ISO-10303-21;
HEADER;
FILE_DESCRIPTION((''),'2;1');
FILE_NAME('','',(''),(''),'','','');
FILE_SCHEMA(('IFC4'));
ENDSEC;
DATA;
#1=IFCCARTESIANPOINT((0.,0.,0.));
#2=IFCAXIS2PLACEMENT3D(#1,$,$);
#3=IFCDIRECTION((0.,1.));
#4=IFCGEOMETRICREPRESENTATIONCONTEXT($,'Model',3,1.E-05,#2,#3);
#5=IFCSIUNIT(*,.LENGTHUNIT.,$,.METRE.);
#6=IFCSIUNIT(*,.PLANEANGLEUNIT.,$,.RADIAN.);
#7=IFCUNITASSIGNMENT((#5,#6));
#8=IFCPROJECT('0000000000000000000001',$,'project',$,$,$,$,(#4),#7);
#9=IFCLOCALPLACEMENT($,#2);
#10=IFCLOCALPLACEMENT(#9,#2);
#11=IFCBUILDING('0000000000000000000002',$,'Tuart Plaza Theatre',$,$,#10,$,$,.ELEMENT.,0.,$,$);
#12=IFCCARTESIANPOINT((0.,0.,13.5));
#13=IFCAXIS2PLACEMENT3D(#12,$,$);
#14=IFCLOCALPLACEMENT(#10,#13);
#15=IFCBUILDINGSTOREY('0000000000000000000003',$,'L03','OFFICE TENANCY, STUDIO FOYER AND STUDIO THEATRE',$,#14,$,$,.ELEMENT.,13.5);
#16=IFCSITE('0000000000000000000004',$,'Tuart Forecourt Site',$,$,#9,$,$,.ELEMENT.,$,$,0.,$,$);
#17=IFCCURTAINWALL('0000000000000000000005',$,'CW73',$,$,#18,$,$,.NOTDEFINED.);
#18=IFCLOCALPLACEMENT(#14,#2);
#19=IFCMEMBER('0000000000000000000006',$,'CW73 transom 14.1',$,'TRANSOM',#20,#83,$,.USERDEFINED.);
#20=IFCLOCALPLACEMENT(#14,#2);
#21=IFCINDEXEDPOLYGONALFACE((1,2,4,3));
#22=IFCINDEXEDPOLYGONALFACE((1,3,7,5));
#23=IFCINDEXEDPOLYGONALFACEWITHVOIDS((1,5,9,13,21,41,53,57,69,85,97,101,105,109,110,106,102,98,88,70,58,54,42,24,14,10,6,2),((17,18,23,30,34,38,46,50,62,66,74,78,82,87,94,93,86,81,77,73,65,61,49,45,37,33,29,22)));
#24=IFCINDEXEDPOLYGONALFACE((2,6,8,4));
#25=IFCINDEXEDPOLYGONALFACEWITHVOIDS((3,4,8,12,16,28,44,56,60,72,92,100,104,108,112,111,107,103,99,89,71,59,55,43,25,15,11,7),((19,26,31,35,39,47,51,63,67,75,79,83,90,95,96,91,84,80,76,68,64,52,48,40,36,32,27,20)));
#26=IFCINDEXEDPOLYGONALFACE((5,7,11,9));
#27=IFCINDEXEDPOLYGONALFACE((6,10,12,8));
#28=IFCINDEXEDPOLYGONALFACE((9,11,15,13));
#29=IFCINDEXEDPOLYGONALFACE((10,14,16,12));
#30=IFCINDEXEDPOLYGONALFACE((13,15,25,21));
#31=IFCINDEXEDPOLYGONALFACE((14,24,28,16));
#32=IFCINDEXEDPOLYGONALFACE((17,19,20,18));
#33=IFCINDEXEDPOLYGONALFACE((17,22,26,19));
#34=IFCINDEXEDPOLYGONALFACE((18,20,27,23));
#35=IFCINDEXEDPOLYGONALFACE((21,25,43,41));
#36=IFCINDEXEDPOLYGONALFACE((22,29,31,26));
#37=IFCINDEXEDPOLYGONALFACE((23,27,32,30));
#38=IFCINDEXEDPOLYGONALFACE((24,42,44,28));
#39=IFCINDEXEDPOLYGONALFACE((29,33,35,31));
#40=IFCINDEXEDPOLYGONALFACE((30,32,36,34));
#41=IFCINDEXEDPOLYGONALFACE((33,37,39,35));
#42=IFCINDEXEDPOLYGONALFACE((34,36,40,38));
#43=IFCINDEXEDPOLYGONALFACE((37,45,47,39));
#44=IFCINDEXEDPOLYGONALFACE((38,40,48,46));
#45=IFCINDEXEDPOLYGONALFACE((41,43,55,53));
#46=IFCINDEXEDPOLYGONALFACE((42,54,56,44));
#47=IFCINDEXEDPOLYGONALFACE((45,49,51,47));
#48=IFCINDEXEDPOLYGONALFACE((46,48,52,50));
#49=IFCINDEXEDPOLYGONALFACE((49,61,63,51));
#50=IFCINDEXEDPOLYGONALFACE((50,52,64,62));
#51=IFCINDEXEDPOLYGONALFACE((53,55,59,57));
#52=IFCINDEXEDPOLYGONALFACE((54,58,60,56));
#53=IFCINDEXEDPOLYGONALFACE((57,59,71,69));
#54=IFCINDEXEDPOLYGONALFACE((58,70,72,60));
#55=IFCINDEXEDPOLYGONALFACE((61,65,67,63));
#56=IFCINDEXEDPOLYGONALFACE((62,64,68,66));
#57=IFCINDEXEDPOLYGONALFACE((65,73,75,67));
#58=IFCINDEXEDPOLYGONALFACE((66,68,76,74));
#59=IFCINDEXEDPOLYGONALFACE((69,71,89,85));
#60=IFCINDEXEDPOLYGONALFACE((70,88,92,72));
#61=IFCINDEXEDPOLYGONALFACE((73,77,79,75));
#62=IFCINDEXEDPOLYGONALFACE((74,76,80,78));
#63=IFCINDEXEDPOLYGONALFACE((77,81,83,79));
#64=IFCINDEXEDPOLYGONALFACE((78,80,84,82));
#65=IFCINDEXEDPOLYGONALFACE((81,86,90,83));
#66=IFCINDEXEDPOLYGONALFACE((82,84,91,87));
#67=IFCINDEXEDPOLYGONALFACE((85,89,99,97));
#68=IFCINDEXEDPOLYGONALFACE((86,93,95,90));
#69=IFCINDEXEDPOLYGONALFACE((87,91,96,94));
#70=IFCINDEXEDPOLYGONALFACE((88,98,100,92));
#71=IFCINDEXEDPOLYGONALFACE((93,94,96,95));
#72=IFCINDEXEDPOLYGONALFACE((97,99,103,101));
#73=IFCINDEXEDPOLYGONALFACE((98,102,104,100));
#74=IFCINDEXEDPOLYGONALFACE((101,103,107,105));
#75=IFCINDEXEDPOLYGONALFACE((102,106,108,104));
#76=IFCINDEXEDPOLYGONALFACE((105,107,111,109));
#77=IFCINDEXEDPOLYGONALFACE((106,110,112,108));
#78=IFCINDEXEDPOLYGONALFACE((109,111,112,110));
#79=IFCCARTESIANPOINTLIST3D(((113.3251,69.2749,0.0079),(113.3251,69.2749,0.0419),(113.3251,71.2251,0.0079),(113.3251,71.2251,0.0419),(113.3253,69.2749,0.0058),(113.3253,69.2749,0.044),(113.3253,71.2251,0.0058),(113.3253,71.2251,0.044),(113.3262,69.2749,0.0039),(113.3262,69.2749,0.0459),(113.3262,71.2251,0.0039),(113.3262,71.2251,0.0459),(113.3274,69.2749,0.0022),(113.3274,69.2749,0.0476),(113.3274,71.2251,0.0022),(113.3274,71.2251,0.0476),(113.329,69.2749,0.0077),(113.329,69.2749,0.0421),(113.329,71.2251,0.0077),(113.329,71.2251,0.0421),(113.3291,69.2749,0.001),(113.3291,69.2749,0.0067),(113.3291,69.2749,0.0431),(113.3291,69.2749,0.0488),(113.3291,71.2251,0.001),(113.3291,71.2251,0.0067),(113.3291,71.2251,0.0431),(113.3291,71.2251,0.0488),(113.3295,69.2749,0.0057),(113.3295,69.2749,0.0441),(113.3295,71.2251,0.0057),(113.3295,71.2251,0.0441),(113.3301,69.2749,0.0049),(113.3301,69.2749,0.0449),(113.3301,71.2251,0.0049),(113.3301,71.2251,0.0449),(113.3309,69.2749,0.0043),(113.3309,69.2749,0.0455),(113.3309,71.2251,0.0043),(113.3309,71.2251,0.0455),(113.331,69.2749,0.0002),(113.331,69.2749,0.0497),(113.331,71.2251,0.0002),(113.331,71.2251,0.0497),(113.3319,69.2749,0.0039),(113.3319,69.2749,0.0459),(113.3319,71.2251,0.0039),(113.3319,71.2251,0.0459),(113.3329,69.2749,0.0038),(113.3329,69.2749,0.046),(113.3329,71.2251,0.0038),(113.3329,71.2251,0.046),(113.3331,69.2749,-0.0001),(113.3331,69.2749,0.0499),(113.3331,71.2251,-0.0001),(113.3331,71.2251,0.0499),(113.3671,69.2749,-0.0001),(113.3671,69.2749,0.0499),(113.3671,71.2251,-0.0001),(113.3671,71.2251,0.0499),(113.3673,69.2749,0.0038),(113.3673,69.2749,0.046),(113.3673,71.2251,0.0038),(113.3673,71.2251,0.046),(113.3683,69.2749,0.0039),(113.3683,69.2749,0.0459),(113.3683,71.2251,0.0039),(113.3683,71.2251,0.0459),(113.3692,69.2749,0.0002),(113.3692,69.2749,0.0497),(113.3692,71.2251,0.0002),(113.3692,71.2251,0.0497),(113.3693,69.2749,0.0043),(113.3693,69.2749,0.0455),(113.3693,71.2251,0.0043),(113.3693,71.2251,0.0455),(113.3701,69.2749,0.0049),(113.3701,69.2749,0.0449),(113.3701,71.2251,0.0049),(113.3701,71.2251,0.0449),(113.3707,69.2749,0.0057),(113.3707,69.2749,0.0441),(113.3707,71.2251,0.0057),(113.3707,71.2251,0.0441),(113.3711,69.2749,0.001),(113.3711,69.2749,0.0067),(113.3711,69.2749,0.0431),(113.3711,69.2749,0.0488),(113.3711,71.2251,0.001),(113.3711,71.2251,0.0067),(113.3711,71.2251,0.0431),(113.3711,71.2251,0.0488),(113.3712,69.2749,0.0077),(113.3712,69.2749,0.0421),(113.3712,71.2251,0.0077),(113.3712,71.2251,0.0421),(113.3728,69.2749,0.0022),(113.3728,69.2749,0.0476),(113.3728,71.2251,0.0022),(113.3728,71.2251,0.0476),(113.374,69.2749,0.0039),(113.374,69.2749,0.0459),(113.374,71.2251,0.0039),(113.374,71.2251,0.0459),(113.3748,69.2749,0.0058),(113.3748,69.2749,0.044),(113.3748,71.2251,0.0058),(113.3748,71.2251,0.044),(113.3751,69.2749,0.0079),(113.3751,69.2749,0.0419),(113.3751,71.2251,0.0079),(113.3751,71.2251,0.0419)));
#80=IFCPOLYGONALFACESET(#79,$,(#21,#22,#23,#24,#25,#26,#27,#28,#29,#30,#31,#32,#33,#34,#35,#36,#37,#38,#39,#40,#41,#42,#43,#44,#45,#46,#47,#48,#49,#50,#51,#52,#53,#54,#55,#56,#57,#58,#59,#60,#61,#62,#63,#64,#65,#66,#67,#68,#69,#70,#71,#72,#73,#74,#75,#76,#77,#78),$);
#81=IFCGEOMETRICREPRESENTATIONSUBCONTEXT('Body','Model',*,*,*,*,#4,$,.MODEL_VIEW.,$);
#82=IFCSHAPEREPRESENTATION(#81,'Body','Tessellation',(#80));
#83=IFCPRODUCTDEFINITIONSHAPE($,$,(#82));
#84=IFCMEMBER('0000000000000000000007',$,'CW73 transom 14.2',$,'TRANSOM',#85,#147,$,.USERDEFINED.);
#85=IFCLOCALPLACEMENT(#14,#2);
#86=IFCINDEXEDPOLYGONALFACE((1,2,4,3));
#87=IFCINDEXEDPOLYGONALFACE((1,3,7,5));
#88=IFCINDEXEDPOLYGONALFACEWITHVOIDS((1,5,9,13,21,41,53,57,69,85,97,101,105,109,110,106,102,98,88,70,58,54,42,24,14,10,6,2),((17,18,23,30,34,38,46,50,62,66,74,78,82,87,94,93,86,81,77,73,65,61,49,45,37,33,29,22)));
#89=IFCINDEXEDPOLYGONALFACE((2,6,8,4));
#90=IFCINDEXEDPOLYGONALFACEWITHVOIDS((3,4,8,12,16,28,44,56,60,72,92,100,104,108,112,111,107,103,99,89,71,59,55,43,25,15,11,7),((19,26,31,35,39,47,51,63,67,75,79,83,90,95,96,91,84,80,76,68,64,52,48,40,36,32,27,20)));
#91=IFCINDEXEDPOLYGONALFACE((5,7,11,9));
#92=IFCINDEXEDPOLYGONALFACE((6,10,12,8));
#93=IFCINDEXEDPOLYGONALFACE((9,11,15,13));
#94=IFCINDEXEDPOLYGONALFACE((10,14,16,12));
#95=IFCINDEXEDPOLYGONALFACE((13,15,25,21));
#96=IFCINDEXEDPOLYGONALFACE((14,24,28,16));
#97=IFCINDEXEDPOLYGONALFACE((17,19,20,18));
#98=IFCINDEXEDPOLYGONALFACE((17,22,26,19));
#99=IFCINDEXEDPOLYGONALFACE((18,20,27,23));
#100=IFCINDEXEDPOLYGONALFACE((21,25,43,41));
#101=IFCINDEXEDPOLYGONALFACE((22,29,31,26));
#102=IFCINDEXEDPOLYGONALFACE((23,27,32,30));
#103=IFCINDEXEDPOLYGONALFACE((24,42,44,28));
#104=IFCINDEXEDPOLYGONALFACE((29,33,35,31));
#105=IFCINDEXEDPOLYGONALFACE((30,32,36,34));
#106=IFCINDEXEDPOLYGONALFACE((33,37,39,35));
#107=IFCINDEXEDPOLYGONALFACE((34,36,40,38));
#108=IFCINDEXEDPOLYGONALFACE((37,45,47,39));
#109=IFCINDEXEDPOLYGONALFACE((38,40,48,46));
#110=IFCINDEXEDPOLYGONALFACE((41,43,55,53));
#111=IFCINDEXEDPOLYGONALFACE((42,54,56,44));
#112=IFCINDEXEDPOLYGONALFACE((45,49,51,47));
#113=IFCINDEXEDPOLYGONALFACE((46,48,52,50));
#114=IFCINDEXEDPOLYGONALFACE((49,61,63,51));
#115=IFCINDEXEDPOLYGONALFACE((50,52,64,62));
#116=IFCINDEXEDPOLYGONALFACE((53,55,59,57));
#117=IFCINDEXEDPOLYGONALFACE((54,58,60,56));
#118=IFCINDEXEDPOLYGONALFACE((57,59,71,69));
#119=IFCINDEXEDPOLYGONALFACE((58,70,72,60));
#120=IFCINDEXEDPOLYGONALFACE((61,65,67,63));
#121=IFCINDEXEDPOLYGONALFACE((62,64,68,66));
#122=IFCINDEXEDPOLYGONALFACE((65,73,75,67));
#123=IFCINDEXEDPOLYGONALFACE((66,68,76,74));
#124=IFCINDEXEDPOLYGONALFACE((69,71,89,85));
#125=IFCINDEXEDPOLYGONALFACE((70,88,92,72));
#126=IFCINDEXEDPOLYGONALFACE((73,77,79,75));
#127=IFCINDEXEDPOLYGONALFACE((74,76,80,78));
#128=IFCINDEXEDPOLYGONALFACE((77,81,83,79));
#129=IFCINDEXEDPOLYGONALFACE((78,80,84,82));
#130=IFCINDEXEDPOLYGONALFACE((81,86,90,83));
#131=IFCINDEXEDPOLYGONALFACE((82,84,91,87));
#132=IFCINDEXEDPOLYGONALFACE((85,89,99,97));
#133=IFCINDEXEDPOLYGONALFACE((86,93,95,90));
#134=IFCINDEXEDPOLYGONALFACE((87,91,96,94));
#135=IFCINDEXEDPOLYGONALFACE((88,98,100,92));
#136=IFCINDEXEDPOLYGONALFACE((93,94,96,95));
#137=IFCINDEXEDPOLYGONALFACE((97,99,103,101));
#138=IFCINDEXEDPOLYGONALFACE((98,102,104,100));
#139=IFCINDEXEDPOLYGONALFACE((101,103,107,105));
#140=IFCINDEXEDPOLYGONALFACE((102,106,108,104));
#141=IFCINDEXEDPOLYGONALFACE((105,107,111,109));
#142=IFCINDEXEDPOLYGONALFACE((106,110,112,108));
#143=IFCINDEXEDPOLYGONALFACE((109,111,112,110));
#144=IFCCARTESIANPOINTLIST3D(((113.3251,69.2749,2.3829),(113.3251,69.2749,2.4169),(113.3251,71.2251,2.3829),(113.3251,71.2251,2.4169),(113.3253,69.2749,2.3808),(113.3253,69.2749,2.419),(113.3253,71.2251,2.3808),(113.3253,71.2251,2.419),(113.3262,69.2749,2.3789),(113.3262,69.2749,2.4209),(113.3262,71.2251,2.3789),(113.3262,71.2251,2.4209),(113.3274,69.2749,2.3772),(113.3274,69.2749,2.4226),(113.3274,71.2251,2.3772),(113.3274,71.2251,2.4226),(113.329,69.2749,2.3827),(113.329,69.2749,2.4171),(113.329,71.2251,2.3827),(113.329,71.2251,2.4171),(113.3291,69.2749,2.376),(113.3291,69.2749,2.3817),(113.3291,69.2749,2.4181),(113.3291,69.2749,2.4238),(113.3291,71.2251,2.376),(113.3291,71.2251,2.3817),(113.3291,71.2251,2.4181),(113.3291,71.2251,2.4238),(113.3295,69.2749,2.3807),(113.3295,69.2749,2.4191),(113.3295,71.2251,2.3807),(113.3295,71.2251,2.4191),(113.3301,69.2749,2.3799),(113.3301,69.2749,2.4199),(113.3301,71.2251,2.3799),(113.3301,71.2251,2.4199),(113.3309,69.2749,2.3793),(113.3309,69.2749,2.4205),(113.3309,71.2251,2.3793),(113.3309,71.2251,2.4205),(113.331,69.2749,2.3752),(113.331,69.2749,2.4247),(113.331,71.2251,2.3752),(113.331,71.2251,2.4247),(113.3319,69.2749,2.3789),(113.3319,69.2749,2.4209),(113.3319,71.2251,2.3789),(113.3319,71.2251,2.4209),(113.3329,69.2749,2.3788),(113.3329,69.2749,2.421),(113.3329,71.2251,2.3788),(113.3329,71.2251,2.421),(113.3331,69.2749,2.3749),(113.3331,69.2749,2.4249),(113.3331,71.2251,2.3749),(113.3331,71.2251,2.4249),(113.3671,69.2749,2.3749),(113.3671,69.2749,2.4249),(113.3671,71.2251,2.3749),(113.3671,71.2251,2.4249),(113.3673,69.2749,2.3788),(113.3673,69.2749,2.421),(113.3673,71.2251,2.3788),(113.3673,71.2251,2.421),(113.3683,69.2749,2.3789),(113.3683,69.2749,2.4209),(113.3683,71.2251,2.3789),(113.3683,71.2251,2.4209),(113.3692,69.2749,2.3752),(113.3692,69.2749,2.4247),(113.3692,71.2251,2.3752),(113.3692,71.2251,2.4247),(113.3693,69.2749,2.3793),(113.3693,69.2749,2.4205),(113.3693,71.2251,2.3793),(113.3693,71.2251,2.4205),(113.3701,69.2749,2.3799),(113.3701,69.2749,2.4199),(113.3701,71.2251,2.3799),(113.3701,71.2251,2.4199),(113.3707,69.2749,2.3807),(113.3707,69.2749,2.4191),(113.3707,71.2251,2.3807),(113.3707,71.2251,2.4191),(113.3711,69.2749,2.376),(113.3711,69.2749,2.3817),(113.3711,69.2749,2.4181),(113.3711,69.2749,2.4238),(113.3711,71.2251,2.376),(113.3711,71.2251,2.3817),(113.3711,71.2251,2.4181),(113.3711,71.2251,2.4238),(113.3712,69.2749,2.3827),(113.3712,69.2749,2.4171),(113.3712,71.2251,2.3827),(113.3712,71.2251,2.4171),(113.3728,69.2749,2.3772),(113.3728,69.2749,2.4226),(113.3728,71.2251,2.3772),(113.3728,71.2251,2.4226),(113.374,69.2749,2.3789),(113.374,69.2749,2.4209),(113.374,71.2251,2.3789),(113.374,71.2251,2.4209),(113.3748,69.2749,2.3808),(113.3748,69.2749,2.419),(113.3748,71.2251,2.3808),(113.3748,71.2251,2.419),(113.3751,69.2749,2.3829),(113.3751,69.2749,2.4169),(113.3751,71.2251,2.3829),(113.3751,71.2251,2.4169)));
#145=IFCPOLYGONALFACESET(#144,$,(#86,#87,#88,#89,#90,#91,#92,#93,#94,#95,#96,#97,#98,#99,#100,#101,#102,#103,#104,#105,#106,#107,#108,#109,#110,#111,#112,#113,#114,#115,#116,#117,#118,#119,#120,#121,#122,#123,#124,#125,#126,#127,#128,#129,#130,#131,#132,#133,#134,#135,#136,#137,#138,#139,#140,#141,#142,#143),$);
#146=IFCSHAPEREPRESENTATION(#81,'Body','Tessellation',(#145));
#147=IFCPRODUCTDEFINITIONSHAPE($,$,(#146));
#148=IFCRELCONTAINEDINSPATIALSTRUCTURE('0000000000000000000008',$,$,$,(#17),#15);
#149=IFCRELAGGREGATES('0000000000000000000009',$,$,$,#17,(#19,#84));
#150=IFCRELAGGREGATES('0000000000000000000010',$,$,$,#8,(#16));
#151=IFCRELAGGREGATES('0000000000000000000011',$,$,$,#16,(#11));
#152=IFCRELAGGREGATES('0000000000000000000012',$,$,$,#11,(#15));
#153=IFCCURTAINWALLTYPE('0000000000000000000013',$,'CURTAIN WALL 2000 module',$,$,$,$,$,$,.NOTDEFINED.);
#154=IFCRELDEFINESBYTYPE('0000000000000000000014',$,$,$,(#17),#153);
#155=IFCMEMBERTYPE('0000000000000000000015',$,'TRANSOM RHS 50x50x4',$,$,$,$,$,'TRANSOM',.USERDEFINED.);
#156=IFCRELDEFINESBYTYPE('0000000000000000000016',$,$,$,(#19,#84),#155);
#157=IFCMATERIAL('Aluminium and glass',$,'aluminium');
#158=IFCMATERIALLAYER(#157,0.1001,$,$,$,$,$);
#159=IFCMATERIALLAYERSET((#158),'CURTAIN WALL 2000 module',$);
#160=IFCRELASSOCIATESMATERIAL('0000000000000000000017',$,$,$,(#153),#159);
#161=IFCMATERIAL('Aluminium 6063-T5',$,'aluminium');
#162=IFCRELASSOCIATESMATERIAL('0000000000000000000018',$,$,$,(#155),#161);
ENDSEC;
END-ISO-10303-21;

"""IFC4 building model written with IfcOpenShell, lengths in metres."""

from ifc_helpers import new_model, si_unit, direction, frame, origin, origin_2d, place, context, subcontext, project, spatial, hollow_rectangle, extrude, material, layer, layer_set, material_profile, profile_set, type_object, element, aggregate, save


model = new_model("IFC4")

# Units and contexts
model_context = context("Model", 3, precision=1e-05, world=origin(), true_north=direction((0.0, 1.0)))
body_context = subcontext(model_context, "Body", "Model", "MODEL_VIEW")
ifc_project = project(units=[si_unit("LENGTHUNIT", "METRE"), si_unit("PLANEANGLEUNIT", "RADIAN")], contexts=[model_context])

# Site, building, storey
site_placement = place(None, origin())
site = spatial("IfcSite", under=ifc_project, at=site_placement, Name="Tuart Forecourt Site", CompositionType="ELEMENT", RefElevation=0.0)
building_placement = place(site_placement, origin())
building = spatial("IfcBuilding", under=site, at=building_placement, Name="Tuart Plaza Theatre", CompositionType="ELEMENT", ElevationOfRefHeight=0.0)
storey_placement = place(building_placement, frame((0.0, 0.0, 13.5)))
storey = spatial("IfcBuildingStorey", under=building, at=storey_placement, Name="L03", Description="OFFICE TENANCY, STUDIO FOYER AND STUDIO THEATRE", CompositionType="ELEMENT", Elevation=13.5)

# Curtain wall, members
ifc_material_1 = material(Name="Aluminium and glass", Category="aluminium")
ifc_layer_1 = layer(ifc_material_1, 0.1001)
ifc_layer_set_1 = layer_set([ifc_layer_1], Name="CURTAIN WALL 2000 module")
curtain_wall_type = type_object("IfcCurtainWallType", Name="CURTAIN WALL 2000 module", PredefinedType="NOTDEFINED", material=ifc_layer_set_1)
curtain_wall_placement = place(storey_placement, origin())
curtain_wall = element("IfcCurtainWall", 1, at=curtain_wall_placement, inside=storey, type_object=curtain_wall_type, Name="CW73", PredefinedType="NOTDEFINED")
ifc_material_2 = material(Name="Aluminium 6063-T5", Category="aluminium")
ifc_material_profile_1 = material_profile(ifc_material_2, hollow_rectangle(XDim=0.05, YDim=0.05, WallThickness=0.0039, InnerFilletRadius=0.0039, OuterFilletRadius=0.0081, at=origin_2d()), Name="RHS 50x50x4")
ifc_profile_set_1 = profile_set([ifc_material_profile_1], Name="Aluminium 6063-T5")
member_type_1 = type_object("IfcMemberType", Name="TRANSOM RHS 50x50x4", ElementType="TRANSOM", PredefinedType="USERDEFINED", material=ifc_profile_set_1)
member_1_placement = place(storey_placement, frame((113.3501, 71.2251, 0.0249), z_axis=(0.0, -1.0, 0.0), x_axis=(1.0, 0.0, 0.0)))
member_1 = element("IfcMember", 2, at=member_1_placement, type_object=member_type_1, Name="CW73 transom 14.1", ObjectType="TRANSOM", PredefinedType="USERDEFINED", context=body_context, shape_type="SweptSolid", body=[
    extrude(hollow_rectangle(XDim=0.05, YDim=0.05, WallThickness=0.0039, InnerFilletRadius=0.0039, OuterFilletRadius=0.0081, at=origin_2d()), origin(), (0.0, 0.0, 1.0), 1.9502),
])
member_2_placement = place(storey_placement, frame((113.3501, 71.2251, 2.3999), z_axis=(0.0, -1.0, 0.0), x_axis=(1.0, 0.0, 0.0)))
member_2 = element("IfcMember", 3, at=member_2_placement, type_object=member_type_1, Name="CW73 transom 14.2", ObjectType="TRANSOM", PredefinedType="USERDEFINED", context=body_context, shape_type="SweptSolid", body=[
    extrude(hollow_rectangle(XDim=0.05, YDim=0.05, WallThickness=0.0039, InnerFilletRadius=0.0039, OuterFilletRadius=0.0081, at=origin_2d()), origin(), (0.0, 0.0, 1.0), 1.9502),
])
aggregate(curtain_wall, [member_1, member_2])

save(model, "model.ifc")
